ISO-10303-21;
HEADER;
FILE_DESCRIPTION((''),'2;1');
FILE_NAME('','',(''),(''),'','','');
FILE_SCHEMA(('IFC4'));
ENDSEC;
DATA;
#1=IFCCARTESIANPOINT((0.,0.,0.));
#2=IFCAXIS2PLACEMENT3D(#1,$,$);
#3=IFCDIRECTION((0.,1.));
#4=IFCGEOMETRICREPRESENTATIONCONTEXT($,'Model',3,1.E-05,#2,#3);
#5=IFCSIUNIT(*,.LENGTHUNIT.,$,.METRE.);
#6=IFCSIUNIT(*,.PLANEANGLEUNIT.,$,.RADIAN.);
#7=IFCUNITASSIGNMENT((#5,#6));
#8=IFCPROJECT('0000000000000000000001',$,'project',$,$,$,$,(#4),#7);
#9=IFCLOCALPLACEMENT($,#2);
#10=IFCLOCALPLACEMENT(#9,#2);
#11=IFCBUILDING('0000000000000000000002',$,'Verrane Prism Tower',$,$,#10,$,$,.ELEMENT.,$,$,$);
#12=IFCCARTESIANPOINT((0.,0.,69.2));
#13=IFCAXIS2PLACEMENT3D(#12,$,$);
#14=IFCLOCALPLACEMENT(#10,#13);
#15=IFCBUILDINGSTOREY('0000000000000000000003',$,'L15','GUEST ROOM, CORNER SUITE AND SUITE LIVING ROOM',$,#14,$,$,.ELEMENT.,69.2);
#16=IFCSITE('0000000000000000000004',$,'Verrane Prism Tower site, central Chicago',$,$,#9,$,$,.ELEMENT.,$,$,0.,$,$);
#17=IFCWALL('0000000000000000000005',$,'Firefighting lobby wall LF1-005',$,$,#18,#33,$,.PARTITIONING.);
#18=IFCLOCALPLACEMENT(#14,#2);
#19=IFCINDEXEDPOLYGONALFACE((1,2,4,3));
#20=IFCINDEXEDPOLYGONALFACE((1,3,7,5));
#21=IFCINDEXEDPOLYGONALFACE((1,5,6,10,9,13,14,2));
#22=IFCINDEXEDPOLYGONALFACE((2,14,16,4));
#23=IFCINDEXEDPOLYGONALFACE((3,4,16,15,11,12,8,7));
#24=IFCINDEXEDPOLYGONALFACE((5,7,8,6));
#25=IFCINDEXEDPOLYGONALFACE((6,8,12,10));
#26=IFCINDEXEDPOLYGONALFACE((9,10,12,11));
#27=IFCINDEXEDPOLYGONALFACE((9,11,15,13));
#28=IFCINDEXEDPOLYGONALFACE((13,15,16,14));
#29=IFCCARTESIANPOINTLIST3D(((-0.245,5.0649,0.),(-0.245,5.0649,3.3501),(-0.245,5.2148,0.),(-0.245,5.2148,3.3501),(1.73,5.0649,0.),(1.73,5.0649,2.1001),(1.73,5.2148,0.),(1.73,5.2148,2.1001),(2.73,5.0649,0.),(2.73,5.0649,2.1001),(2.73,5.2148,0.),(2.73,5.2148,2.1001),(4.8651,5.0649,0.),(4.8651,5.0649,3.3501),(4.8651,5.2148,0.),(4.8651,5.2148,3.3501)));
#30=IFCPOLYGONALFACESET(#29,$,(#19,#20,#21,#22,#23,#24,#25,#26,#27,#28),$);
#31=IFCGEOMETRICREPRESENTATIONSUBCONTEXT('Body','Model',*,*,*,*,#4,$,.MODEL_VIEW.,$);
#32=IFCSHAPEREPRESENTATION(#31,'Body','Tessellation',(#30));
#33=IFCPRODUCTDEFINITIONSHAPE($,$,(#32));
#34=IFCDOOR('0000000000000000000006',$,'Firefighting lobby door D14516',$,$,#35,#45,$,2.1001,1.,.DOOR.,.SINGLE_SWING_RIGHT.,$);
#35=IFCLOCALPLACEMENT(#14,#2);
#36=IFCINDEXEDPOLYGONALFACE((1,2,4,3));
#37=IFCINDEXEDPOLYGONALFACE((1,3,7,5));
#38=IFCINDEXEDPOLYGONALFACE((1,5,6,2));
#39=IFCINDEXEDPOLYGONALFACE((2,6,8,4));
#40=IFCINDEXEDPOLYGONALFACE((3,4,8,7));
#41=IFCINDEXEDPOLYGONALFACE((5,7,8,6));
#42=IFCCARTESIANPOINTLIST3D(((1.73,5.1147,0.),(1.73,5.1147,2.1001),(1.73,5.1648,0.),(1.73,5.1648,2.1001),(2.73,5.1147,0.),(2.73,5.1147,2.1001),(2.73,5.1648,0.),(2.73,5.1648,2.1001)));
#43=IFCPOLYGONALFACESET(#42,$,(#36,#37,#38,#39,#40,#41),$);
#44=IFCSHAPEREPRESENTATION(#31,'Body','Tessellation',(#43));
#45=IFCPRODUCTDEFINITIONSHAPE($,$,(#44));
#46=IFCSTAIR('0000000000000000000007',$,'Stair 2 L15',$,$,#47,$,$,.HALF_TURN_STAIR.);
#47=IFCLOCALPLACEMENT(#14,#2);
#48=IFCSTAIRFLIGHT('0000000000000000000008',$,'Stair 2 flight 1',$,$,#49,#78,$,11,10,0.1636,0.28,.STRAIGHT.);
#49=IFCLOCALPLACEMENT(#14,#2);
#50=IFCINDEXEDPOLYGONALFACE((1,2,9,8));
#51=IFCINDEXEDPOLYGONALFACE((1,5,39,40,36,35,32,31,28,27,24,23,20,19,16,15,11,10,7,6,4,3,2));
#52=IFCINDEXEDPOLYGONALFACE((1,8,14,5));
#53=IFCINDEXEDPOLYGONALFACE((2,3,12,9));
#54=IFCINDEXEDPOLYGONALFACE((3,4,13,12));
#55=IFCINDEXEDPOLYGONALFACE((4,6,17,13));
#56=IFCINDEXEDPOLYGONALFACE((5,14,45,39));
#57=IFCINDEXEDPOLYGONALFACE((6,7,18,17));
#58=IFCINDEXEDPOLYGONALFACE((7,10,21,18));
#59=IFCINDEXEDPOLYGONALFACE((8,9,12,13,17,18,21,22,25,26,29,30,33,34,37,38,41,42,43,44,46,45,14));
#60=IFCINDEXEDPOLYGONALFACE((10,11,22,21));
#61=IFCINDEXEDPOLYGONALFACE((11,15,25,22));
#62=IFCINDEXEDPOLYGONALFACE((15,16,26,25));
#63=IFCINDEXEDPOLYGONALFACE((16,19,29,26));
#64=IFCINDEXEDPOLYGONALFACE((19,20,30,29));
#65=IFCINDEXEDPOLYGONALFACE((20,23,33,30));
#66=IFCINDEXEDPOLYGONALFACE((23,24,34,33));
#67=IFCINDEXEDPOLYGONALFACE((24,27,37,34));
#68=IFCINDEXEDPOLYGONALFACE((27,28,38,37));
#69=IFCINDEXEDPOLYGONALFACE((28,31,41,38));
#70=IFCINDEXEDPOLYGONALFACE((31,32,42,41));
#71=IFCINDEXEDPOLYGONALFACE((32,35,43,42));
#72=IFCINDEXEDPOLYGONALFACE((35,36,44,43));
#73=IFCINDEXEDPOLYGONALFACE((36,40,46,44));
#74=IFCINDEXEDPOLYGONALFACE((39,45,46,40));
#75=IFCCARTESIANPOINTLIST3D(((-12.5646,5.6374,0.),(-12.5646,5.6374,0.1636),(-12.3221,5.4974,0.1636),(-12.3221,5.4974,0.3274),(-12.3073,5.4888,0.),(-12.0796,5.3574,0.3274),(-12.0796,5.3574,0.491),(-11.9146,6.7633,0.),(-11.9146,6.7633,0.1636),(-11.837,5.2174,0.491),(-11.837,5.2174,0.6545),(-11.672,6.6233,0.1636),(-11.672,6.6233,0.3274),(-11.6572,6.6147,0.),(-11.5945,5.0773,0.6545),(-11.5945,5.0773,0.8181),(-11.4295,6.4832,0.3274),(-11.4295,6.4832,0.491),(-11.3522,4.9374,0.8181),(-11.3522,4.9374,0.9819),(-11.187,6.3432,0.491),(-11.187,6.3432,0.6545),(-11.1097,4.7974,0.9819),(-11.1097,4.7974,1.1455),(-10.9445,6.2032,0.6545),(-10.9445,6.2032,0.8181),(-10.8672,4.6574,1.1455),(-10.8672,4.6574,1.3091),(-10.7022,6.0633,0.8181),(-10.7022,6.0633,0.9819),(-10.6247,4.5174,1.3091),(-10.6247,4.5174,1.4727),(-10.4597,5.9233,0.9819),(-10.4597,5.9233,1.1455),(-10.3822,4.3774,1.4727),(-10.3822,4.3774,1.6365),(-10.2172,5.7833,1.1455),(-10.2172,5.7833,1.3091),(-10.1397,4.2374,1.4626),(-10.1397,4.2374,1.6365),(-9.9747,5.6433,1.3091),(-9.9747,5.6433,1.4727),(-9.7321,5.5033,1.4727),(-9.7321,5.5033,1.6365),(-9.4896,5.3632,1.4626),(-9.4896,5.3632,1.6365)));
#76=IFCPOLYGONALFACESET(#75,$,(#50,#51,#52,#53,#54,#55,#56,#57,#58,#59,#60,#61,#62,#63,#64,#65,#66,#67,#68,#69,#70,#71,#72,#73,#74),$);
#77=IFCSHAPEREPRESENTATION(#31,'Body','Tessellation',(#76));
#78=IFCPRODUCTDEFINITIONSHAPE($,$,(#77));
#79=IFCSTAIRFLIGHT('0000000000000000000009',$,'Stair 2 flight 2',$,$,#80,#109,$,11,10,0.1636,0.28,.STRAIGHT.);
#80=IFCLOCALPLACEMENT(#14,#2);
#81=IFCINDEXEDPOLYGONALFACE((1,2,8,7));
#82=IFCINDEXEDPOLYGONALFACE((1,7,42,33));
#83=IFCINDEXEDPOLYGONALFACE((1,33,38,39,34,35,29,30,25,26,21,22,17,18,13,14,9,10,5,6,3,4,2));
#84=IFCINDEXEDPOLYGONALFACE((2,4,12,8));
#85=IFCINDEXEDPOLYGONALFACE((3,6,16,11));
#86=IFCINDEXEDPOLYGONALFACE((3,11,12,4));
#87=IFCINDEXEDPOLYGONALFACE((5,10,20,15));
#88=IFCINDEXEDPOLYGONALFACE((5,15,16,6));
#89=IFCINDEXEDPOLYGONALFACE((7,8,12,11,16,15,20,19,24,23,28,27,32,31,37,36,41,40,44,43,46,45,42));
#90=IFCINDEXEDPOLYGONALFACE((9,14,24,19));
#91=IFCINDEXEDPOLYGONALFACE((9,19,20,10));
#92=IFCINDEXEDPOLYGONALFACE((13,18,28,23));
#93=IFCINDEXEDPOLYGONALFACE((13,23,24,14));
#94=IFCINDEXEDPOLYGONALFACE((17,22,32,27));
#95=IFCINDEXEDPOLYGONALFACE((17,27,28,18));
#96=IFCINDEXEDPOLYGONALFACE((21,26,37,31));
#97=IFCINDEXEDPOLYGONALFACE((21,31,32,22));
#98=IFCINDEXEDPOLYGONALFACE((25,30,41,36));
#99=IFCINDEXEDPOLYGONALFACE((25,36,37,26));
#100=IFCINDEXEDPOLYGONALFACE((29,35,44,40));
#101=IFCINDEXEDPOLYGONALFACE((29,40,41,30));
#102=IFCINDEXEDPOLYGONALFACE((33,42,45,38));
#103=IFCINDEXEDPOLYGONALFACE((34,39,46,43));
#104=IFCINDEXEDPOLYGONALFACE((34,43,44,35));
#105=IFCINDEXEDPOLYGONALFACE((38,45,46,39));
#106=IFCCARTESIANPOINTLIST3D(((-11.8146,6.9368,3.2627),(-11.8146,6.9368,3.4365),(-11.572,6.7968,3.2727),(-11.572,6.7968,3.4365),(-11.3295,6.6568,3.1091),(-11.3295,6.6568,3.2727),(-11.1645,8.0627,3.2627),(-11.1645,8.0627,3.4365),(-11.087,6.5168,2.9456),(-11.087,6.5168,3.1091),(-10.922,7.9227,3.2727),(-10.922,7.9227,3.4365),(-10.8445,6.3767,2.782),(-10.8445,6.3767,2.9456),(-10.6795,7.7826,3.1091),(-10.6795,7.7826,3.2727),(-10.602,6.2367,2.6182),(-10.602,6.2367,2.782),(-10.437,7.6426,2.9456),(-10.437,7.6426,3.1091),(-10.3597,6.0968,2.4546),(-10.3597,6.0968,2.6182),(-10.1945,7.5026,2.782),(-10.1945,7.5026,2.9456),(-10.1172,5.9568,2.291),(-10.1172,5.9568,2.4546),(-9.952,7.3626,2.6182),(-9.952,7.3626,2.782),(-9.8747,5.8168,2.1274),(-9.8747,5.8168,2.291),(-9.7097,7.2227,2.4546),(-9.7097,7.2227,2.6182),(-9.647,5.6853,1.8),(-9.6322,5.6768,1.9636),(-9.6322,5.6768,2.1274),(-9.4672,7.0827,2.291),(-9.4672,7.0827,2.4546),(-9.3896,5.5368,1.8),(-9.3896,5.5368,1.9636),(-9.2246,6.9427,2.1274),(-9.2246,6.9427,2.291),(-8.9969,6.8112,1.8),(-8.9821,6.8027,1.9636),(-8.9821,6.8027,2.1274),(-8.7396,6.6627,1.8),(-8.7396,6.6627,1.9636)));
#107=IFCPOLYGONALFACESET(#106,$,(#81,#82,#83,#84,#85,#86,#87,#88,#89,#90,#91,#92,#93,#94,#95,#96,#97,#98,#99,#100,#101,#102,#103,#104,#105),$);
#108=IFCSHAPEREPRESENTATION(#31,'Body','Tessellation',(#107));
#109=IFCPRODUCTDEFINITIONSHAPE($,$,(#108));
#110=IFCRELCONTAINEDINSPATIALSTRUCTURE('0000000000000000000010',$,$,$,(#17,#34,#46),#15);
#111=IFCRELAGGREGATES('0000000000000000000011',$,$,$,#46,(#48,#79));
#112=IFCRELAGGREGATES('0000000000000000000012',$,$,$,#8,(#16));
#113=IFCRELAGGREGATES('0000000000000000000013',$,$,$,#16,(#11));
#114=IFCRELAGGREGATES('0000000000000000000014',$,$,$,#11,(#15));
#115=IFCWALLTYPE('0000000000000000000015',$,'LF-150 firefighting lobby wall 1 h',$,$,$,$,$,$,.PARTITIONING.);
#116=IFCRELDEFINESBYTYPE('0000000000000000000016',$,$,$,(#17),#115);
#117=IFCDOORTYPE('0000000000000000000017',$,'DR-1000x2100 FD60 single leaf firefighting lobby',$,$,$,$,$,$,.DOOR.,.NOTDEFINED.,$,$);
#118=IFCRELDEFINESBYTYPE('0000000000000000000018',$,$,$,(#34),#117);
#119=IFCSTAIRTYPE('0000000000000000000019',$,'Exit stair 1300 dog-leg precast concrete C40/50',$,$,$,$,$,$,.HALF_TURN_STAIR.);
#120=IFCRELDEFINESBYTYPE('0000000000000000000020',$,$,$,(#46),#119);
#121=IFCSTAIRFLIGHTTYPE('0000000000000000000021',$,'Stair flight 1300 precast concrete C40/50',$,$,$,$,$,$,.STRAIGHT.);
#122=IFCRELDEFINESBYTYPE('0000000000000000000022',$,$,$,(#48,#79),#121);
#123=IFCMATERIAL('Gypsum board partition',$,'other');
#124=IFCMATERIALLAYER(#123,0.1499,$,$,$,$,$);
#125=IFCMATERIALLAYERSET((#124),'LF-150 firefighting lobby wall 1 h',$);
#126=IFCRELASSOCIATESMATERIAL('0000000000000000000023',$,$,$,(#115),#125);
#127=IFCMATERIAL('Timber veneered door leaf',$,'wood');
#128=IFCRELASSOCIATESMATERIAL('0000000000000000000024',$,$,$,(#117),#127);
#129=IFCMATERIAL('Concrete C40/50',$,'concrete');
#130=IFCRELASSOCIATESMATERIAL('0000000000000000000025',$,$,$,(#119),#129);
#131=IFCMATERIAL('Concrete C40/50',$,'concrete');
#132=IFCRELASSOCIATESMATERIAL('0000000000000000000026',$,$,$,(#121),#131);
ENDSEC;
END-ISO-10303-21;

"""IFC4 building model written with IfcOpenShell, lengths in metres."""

from ifc_helpers import new_model, si_unit, direction, frame, frame_2d, origin, place, context, subcontext, project, spatial, polyline, rectangle, outline, extrude, material, layer, layer_set, type_object, element, fill, aggregate, save


model = new_model("IFC4")

# Units and contexts
model_context = context("Model", 3, precision=1e-05, world=origin(), true_north=direction((0.0, 1.0)))
body_context = subcontext(model_context, "Body", "Model", "MODEL_VIEW")
ifc_project = project(units=[si_unit("LENGTHUNIT", "METRE"), si_unit("PLANEANGLEUNIT", "RADIAN")], contexts=[model_context])

# Site, building, storey
site_placement = place(None, origin())
site = spatial("IfcSite", under=ifc_project, at=site_placement, Name="Verrane Prism Tower site, central Chicago", CompositionType="ELEMENT", RefElevation=0.0)
building_placement = place(site_placement, origin())
building = spatial("IfcBuilding", under=site, at=building_placement, Name="Verrane Prism Tower", CompositionType="ELEMENT")
storey_placement = place(building_placement, frame((0.0, 0.0, 69.2)))
storey = spatial("IfcBuildingStorey", under=building, at=storey_placement, Name="L15", Description="GUEST ROOM, CORNER SUITE AND SUITE LIVING ROOM", CompositionType="ELEMENT", Elevation=69.2)

# Shared definitions
ifc_material_1 = material(Name="Gypsum board partition", Category="other")
ifc_layer_1 = layer(ifc_material_1, 0.1499)
ifc_layer_set_1 = layer_set([ifc_layer_1], Name="LF-150 firefighting lobby wall 1 h")
wall_type_1 = type_object("IfcWallType", Name="LF-150 firefighting lobby wall 1 h", PredefinedType="PARTITIONING", material=ifc_layer_set_1)

# Shared definitions
ifc_material_2 = material(Name="Timber veneered door leaf", Category="wood")
door_type_1 = type_object("IfcDoorType", Name="DR-1000x2100 FD60 single leaf firefighting lobby", OperationType="NOTDEFINED", PredefinedType="DOOR", material=ifc_material_2)

# Wall, opening, door
wall_1_placement = place(storey_placement, frame((-0.2451, 5.1399, 0.0), z_axis=(0.0, 0.0, 1.0), x_axis=(1.0, 0.0, 0.0)))
wall_1 = element("IfcWall", 1, at=wall_1_placement, inside=storey, type_object=wall_type_1, Name="Firefighting lobby wall LF1-005", PredefinedType="PARTITIONING", context=body_context, shape_type="SweptSolid", body=[
    extrude(rectangle(XDim=5.1101, YDim=0.1499, at=frame_2d((2.5552, 0.0))), origin(), (0.0, 0.0, 1.0), 3.3501),
])
opening_1_placement = place(wall_1_placement, frame((1.9751, 0.0, 0.0)))
opening_1 = element("IfcOpeningElement", 2, at=opening_1_placement, cuts=wall_1, PredefinedType="OPENING", context=body_context, shape_type="SweptSolid", body=[
    extrude(rectangle(XDim=1.0, YDim=2.1001, at=frame_2d((0.5, 1.05))), frame((0.0, 0.085, 0.0), z_axis=(0.0, -1.0, 0.0), x_axis=(1.0, 0.0, 0.0)), (0.0, 0.0, 1.0), 0.1699),
])
door_1_placement = place(opening_1_placement, origin())
door_1 = element("IfcDoor", 3, at=door_1_placement, inside=storey, type_object=door_type_1, Name="Firefighting lobby door D14516", OperationType="SINGLE_SWING_RIGHT", OverallHeight=2.1001, OverallWidth=1.0, PredefinedType="DOOR", context=body_context, shape_type="SweptSolid", body=[
    extrude(rectangle(XDim=1.0, YDim=2.1001, at=frame_2d((0.5, 1.05))), frame((0.0, 0.0249, 0.0), z_axis=(0.0, -1.0, 0.0), x_axis=(1.0, 0.0, 0.0)), (0.0, 0.0, 1.0), 0.05),
])
fill(opening_1, door_1)

# Stair, stair flights
ifc_material_3 = material(Name="Concrete C40/50", Category="concrete")
stair_type = type_object("IfcStairType", Name="Exit stair 1300 dog-leg precast concrete C40/50", PredefinedType="HALF_TURN_STAIR", material=ifc_material_3)
stair_placement = place(storey_placement, origin())
stair = element("IfcStair", 4, at=stair_placement, inside=storey, type_object=stair_type, Name="Stair 2 L15", PredefinedType="HALF_TURN_STAIR")
ifc_material_4 = material(Name="Concrete C40/50", Category="concrete")
stair_flight_type = type_object("IfcStairFlightType", Name="Stair flight 1300 precast concrete C40/50", PredefinedType="STRAIGHT", material=ifc_material_4)
stair_flight_1_placement = place(storey_placement, frame((-12.2395, 6.2004, 0.0), z_axis=(0.0, 0.0, 1.0), x_axis=(0.866025, -0.5, 0.0)))
stair_flight_1 = element("IfcStairFlight", 5, at=stair_flight_1_placement, type_object=stair_flight_type, Name="Stair 2 flight 1", NumberOfRisers=11, NumberOfTreads=10, PredefinedType="STRAIGHT", RiserHeight=0.1636, TreadLength=0.28, context=body_context, shape_type="SweptSolid", body=[
    extrude(outline(polyline([(0.0, 0.0), (0.0, 0.1636), (0.28, 0.1636), (0.28, 0.3274), (0.5601, 0.3274), (0.5601, 0.491), (0.8401, 0.491), (0.8401, 0.6545), (1.1201, 0.6545), (1.1201, 0.8181), (1.3999, 0.8181), (1.3999, 0.9819), (1.6799, 0.9819), (1.6799, 1.1455), (1.96, 1.1455), (1.96, 1.3091), (2.24, 1.3091), (2.24, 1.4727), (2.52, 1.4727), (2.52, 1.6365), (2.8, 1.6365), (2.8, 1.8), (2.8, 1.4626), (0.2971, 0.0), (0.0, 0.0)])), frame((0.0, 0.6499, 0.0), z_axis=(0.0, -1.0, 0.0), x_axis=(1.0, 0.0, 0.0)), (0.0, 0.0, 1.0), 1.3),
])
stair_flight_2_placement = place(storey_placement, frame((-9.0647, 6.0996, 1.8), z_axis=(0.0, 0.0, 1.0), x_axis=(-0.866025, 0.5, 0.0)))
stair_flight_2 = element("IfcStairFlight", 6, at=stair_flight_2_placement, type_object=stair_flight_type, Name="Stair 2 flight 2", NumberOfRisers=11, NumberOfTreads=10, PredefinedType="STRAIGHT", RiserHeight=0.1636, TreadLength=0.28, context=body_context, shape_type="SweptSolid", body=[
    extrude(outline(polyline([(0.0, 0.0), (0.0, 0.1636), (0.28, 0.1636), (0.28, 0.3274), (0.5601, 0.3274), (0.5601, 0.491), (0.8401, 0.491), (0.8401, 0.6545), (1.1201, 0.6545), (1.1201, 0.8181), (1.3999, 0.8181), (1.3999, 0.9819), (1.6799, 0.9819), (1.6799, 1.1455), (1.96, 1.1455), (1.96, 1.3091), (2.24, 1.3091), (2.24, 1.4727), (2.52, 1.4727), (2.52, 1.6365), (2.8, 1.6365), (2.8, 1.8), (2.8, 1.4626), (0.2971, 0.0), (0.0, 0.0)])), frame((0.0, 0.6499, 0.0), z_axis=(0.0, -1.0, 0.0), x_axis=(1.0, 0.0, 0.0)), (0.0, 0.0, 1.0), 1.3),
])
aggregate(stair, [stair_flight_1, stair_flight_2])

save(model, "model.ifc")
